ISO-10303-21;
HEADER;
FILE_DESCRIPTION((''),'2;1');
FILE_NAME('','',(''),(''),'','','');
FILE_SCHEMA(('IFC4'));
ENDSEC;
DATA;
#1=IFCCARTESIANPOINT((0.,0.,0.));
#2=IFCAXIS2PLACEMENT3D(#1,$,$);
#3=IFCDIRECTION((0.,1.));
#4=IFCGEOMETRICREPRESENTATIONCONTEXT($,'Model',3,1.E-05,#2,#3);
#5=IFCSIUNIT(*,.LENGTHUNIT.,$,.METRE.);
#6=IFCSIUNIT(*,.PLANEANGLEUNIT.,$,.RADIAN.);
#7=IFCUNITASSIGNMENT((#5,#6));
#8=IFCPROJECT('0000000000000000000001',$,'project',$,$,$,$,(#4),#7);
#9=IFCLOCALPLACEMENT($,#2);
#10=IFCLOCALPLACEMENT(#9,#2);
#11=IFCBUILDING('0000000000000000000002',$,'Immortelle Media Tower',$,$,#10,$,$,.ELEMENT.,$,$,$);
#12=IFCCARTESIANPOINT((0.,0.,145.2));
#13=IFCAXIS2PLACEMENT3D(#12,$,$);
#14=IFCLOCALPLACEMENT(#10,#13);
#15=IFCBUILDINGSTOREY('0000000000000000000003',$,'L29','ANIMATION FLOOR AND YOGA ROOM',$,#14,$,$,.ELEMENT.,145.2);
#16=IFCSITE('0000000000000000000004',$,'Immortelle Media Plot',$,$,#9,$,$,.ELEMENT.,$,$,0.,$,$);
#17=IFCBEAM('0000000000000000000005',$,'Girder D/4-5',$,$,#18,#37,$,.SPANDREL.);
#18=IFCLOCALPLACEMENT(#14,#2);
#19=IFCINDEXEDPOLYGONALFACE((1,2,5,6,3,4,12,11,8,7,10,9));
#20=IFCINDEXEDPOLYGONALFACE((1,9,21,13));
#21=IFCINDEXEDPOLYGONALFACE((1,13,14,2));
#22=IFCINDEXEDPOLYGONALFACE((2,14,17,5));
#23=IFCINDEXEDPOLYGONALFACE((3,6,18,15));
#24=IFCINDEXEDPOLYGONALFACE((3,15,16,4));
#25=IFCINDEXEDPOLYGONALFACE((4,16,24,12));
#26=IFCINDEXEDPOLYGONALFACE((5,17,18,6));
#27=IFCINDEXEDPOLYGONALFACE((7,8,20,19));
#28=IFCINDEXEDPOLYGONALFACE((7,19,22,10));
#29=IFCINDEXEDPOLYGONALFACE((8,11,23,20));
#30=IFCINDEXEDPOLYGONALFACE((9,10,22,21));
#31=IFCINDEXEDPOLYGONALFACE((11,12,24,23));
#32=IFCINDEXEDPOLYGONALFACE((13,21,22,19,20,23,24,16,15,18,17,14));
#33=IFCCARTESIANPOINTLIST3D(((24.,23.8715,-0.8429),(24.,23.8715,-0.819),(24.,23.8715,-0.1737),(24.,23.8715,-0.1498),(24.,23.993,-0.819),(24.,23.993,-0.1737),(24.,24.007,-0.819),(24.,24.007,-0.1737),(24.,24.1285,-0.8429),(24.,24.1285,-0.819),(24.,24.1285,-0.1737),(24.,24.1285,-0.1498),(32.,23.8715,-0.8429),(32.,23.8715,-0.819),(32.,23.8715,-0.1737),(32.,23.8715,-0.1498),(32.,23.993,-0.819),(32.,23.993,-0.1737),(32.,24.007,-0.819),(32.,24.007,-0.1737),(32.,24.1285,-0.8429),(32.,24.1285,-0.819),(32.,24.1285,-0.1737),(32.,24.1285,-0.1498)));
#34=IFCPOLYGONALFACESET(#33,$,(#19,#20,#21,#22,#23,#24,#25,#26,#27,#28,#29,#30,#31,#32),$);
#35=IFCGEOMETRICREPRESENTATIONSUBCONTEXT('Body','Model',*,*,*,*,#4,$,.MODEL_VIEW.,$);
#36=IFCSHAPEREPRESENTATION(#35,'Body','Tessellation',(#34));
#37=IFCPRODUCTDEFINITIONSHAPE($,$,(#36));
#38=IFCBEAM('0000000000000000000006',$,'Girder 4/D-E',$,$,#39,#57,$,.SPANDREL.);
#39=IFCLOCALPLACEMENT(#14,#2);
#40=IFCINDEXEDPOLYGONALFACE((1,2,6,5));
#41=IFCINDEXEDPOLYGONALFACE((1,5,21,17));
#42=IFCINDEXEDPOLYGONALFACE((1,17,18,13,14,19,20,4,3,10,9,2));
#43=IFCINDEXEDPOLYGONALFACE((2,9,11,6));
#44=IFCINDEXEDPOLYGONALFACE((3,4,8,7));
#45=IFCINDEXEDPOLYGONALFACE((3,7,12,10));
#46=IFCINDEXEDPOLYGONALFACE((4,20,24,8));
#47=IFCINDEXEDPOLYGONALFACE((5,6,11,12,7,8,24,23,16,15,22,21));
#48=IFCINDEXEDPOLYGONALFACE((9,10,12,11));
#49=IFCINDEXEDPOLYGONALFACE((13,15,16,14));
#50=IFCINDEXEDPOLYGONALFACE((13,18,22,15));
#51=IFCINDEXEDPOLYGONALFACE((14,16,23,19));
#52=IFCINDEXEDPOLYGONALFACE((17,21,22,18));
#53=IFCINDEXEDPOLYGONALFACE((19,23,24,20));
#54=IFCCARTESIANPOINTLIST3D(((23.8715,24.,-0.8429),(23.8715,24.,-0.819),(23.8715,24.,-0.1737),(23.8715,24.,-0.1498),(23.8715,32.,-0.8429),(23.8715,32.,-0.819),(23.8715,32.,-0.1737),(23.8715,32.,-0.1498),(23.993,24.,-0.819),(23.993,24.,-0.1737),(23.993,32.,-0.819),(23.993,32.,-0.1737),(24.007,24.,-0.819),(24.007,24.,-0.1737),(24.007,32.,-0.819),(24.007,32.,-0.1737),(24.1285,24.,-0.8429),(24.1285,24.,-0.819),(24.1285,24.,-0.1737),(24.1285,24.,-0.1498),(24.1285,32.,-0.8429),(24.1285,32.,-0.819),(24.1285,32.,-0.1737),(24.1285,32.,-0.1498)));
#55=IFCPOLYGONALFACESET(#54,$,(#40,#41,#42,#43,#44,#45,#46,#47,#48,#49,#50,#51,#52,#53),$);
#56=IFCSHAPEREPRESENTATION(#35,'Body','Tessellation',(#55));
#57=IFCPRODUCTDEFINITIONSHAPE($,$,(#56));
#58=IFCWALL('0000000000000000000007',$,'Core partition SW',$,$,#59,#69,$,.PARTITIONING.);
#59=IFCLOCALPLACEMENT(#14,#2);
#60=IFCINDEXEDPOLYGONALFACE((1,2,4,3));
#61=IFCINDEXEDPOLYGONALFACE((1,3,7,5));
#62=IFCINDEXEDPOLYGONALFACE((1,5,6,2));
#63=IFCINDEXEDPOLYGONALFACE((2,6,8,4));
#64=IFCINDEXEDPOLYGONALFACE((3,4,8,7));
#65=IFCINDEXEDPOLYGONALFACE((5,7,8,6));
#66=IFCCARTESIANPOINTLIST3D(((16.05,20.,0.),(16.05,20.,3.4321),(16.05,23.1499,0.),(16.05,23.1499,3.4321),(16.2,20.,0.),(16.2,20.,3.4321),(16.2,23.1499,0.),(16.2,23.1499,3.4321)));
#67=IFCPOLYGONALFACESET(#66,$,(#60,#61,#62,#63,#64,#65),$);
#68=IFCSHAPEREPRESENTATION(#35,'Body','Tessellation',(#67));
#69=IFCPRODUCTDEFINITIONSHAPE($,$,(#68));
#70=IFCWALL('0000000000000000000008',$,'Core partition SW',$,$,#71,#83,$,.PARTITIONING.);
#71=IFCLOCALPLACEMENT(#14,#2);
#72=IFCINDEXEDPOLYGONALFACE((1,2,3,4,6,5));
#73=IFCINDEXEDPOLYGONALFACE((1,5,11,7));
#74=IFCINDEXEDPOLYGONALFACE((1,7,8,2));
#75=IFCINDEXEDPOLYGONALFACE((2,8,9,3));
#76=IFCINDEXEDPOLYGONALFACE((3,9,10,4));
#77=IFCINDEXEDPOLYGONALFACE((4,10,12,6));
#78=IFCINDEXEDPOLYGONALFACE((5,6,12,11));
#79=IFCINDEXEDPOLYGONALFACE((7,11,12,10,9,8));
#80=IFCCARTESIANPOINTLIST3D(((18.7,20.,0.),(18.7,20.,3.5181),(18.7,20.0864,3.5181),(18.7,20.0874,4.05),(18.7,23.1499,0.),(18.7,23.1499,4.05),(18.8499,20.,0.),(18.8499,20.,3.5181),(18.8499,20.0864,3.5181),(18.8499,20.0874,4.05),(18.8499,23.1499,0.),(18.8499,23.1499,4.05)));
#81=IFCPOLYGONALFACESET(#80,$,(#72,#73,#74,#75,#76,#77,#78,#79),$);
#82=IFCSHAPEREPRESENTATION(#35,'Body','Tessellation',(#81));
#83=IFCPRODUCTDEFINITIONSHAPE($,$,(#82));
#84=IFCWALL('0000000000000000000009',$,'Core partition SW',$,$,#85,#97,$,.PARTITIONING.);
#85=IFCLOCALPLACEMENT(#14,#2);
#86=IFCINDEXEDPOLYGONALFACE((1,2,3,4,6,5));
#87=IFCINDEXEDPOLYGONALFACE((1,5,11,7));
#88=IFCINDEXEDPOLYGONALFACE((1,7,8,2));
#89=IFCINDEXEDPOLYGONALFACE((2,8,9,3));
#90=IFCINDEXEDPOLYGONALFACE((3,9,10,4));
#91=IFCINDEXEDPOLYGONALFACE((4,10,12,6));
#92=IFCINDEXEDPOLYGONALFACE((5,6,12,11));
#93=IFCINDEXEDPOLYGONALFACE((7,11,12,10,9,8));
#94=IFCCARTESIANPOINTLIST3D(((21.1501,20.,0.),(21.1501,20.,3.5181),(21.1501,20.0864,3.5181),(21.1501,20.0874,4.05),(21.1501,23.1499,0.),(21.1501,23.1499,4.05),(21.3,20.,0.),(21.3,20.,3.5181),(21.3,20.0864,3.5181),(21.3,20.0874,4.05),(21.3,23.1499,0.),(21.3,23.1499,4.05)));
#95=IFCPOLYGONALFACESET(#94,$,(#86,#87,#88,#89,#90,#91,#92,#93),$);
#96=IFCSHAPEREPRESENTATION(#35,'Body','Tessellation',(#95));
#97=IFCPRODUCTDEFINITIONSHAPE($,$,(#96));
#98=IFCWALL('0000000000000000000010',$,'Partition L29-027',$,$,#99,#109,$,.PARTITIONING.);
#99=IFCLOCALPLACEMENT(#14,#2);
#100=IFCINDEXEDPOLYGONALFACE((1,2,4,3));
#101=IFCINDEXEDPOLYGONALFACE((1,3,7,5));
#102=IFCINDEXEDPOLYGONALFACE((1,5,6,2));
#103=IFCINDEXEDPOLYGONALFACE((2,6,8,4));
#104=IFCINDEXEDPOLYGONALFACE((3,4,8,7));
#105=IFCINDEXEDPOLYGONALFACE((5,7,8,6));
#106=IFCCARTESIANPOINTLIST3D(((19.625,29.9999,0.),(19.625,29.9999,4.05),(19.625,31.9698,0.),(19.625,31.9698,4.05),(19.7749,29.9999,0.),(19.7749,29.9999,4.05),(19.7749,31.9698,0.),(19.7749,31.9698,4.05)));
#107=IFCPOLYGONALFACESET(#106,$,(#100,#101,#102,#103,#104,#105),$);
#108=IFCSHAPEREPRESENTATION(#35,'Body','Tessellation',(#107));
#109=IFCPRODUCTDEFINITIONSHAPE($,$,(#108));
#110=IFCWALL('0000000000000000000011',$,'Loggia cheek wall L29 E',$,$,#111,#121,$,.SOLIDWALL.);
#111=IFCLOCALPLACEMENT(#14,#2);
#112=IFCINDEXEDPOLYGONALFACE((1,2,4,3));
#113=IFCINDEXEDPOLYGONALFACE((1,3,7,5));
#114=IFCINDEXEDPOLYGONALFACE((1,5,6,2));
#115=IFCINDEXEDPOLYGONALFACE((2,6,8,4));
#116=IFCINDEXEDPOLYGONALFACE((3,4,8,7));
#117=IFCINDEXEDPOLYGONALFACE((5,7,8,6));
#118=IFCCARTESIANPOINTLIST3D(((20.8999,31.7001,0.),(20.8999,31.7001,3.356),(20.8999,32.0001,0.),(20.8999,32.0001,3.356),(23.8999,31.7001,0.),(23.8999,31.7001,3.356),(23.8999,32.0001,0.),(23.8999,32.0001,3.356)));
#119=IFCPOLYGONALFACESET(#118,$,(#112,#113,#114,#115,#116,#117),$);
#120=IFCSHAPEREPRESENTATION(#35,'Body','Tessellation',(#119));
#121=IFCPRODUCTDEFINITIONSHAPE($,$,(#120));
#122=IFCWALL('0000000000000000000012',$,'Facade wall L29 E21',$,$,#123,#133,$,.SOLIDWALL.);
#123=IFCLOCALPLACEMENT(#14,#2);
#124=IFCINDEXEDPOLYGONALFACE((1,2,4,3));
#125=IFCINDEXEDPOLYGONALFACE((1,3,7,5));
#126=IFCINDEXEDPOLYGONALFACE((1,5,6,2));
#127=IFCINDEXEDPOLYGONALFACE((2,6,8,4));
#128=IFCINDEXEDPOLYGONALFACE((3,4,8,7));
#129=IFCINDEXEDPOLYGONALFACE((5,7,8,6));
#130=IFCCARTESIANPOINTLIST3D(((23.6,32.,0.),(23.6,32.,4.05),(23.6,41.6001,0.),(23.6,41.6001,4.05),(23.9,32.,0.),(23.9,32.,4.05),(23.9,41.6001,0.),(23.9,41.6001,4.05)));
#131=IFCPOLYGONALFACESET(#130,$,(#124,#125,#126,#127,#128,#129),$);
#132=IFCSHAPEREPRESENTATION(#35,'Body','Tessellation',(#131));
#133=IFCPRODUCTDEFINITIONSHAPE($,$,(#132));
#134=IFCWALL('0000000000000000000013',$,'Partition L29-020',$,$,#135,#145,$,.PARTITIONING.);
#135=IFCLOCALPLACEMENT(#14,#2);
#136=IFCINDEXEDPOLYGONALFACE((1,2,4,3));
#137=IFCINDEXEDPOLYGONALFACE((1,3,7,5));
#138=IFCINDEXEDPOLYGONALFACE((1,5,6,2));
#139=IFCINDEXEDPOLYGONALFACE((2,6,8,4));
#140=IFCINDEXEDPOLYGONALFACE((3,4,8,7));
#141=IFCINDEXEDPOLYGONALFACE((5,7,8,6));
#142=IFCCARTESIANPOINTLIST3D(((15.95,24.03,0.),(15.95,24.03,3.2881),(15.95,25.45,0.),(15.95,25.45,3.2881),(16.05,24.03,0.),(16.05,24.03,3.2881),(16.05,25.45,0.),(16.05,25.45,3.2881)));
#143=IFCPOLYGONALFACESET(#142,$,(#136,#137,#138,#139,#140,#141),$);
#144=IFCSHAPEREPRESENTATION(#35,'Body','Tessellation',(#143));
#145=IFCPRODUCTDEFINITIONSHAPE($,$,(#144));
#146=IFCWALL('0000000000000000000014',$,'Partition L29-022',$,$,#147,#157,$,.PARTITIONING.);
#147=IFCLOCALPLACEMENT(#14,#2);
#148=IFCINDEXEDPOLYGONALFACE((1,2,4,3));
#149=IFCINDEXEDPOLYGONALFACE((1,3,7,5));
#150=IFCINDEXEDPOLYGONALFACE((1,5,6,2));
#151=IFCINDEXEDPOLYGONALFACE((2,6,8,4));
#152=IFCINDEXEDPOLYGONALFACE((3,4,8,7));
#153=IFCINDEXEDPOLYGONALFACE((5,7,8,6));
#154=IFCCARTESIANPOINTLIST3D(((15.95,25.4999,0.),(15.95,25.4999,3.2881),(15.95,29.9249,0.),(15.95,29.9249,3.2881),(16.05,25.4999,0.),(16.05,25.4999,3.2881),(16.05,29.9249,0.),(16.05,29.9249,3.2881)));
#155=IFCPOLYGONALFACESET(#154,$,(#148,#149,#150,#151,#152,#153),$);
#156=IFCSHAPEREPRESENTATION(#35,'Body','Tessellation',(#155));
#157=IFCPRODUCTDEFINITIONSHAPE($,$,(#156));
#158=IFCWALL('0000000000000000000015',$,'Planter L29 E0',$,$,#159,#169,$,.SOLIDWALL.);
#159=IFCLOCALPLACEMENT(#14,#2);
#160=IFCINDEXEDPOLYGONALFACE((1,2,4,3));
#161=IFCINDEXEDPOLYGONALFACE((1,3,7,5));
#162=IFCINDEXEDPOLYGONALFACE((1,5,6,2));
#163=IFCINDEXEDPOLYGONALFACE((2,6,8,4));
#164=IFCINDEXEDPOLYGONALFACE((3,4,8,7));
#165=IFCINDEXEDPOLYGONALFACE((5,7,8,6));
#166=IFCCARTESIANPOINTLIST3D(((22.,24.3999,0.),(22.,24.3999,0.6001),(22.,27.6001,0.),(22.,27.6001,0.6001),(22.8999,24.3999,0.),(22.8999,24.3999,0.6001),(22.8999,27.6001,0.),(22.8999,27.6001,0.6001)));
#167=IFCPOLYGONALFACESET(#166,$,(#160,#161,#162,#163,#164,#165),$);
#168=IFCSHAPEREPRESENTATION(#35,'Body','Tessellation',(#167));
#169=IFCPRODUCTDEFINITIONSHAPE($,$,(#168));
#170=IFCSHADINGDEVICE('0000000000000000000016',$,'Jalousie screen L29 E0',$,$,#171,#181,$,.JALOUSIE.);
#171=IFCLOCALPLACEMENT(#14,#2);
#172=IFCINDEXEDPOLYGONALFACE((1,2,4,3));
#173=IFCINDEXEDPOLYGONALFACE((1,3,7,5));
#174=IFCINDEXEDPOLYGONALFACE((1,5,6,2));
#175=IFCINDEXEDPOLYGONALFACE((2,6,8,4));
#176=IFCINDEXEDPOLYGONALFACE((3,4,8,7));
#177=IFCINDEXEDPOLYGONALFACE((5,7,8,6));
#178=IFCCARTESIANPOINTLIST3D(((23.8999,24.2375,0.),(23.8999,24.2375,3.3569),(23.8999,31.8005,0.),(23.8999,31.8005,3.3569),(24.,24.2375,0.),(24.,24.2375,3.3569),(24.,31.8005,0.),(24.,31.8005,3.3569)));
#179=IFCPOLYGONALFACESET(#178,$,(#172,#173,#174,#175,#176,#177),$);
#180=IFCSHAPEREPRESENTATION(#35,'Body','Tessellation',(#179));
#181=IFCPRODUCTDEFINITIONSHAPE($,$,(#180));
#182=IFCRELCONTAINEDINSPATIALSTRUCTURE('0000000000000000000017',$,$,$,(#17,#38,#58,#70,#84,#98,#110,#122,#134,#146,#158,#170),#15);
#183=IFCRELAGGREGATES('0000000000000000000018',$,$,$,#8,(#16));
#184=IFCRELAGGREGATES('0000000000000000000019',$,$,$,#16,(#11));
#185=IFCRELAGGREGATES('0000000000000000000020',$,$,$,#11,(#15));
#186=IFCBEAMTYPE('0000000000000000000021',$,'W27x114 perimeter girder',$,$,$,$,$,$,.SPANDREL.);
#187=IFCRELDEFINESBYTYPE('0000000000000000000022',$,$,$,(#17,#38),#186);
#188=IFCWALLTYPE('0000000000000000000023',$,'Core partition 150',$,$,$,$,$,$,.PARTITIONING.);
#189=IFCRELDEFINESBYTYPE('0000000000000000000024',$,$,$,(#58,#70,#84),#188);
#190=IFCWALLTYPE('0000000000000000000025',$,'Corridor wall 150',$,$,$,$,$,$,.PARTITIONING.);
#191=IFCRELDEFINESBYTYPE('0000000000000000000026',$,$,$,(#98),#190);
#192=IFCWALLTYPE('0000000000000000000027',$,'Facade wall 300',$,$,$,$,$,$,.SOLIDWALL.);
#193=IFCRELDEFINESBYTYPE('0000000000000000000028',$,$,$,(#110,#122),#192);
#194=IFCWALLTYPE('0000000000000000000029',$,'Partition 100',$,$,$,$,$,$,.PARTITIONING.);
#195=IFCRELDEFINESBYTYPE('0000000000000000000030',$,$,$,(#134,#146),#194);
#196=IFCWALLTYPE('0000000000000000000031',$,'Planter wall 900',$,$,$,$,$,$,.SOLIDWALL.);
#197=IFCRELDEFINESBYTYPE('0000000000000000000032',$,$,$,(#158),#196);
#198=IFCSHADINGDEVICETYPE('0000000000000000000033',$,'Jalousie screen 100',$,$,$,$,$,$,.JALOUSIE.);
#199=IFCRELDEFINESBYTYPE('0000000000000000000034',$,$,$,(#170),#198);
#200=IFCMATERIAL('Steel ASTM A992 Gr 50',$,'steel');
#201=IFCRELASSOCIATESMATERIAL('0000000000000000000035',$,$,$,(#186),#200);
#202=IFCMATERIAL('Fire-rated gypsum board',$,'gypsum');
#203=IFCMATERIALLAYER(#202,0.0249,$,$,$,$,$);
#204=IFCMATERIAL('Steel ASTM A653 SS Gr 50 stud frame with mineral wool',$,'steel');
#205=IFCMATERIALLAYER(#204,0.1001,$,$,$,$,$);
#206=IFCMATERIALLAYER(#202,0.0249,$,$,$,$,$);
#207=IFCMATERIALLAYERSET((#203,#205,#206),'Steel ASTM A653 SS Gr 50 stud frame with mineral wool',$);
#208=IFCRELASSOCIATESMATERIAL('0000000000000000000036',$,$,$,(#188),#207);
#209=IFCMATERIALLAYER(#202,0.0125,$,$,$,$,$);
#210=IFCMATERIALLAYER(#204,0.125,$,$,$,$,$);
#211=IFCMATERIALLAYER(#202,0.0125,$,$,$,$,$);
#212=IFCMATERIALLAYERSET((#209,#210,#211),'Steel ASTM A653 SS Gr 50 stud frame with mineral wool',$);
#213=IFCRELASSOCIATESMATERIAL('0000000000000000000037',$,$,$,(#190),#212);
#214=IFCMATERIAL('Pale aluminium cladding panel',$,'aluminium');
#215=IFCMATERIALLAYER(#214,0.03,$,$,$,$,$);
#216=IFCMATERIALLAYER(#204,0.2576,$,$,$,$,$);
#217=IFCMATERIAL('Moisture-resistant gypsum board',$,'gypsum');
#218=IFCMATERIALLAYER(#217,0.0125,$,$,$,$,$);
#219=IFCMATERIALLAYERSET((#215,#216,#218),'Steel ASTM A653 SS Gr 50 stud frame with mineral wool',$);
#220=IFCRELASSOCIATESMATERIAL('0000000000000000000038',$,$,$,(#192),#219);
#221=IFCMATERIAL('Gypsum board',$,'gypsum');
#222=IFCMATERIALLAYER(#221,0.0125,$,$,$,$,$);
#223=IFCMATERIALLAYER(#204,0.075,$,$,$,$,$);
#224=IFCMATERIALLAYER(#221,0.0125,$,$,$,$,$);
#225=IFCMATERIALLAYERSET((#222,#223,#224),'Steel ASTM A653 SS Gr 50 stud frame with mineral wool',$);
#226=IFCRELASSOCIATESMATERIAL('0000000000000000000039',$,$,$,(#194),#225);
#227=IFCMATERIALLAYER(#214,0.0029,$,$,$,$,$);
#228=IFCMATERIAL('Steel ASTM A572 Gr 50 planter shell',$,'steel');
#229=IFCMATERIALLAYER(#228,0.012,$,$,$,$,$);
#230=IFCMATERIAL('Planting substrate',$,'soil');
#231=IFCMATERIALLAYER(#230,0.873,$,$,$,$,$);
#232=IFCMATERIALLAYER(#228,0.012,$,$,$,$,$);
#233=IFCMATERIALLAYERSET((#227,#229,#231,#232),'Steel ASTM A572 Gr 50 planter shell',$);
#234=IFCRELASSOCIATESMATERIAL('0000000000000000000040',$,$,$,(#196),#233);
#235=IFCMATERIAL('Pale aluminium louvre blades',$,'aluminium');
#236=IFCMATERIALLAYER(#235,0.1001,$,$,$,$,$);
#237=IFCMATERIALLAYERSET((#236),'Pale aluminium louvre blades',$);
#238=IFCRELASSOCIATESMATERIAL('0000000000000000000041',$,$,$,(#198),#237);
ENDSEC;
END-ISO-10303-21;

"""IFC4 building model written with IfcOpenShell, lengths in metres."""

from ifc_helpers import new_model, si_unit, direction, frame, frame_2d, origin, origin_2d, place, context, subcontext, project, spatial, polyline, rectangle, i_section, outline, extrude, material, layer, layer_set, material_profile, profile_set, type_object, element, save


model = new_model("IFC4")

# Units and contexts
model_context = context("Model", 3, precision=1e-05, world=origin(), true_north=direction((0.0, 1.0)))
body_context = subcontext(model_context, "Body", "Model", "MODEL_VIEW")
ifc_project = project(units=[si_unit("LENGTHUNIT", "METRE"), si_unit("PLANEANGLEUNIT", "RADIAN")], contexts=[model_context])

# Site, building, storey
site_placement = place(None, origin())
site = spatial("IfcSite", under=ifc_project, at=site_placement, Name="Immortelle Media Plot", CompositionType="ELEMENT", RefElevation=0.0)
building_placement = place(site_placement, origin())
building = spatial("IfcBuilding", under=site, at=building_placement, Name="Immortelle Media Tower", CompositionType="ELEMENT")
storey_placement = place(building_placement, frame((0.0, 0.0, 145.2)))
storey = spatial("IfcBuildingStorey", under=building, at=storey_placement, Name="L29", Description="ANIMATION FLOOR AND YOGA ROOM", CompositionType="ELEMENT", Elevation=145.2)

# Shared definitions
ifc_material_1 = material(Name="Steel ASTM A992 Gr 50", Category="steel")

# Beams
ifc_material_profile_1 = material_profile(ifc_material_1, i_section(OverallWidth=0.2571, OverallDepth=0.6931, WebThickness=0.0139, FlangeThickness=0.0239, at=origin_2d()), Name="W27x114")
ifc_profile_set_1 = profile_set([ifc_material_profile_1], Name="Steel ASTM A992 Gr 50")
beam_type_1 = type_object("IfcBeamType", Name="W27x114 perimeter girder", PredefinedType="SPANDREL", material=ifc_profile_set_1)
for number, where, z_axis, x_axis, name in (
    (1, (24.0, 24.0, -0.4963), (1.0, 0.0, 0.0), (0.0, 1.0, 0.0), "Girder D/4-5"),
    (2, (24.0, 24.0, -0.4963), (0.0, 1.0, 0.0), (-1.0, 0.0, 0.0), "Girder 4/D-E"),
):
    element("IfcBeam", number, at=place(storey_placement, frame(where, z_axis=z_axis, x_axis=x_axis)), inside=storey, type_object=beam_type_1, Name=name, PredefinedType="SPANDREL", context=body_context, shape_type="SweptSolid", body=[
        extrude(i_section(OverallWidth=0.2571, OverallDepth=0.6931, WebThickness=0.0139, FlangeThickness=0.0239, at=origin_2d()), origin(), (0.0, 0.0, 1.0), 8.0),
    ])

# Walls
ifc_material_2 = material(Name="Fire-rated gypsum board", Category="gypsum")
ifc_layer_1 = layer(ifc_material_2, 0.0249)
ifc_material_3 = material(Name="Steel ASTM A653 SS Gr 50 stud frame with mineral wool", Category="steel")
ifc_layer_2 = layer(ifc_material_3, 0.1001)
ifc_layer_3 = layer(ifc_material_2, 0.0249)
ifc_layer_set_1 = layer_set([ifc_layer_1, ifc_layer_2, ifc_layer_3], Name="Steel ASTM A653 SS Gr 50 stud frame with mineral wool")
wall_type_1 = type_object("IfcWallType", Name="Core partition 150", PredefinedType="PARTITIONING", material=ifc_layer_set_1)
wall_1_placement = place(storey_placement, frame((16.125, 20.0, 0.0), z_axis=(0.0, 0.0, 1.0), x_axis=(0.0, 1.0, 0.0)))
element("IfcWall", 3, at=wall_1_placement, inside=storey, type_object=wall_type_1, Name="Core partition SW", PredefinedType="PARTITIONING", context=body_context, shape_type="SweptSolid", body=[
    extrude(rectangle(XDim=3.1499, YDim=0.1499, at=frame_2d((1.575, 0.0))), origin(), (0.0, 0.0, 1.0), 3.4321),
])
for number, where, z_axis, x_axis, name in (
    (4, (18.7749, 20.0, 0.0), (0.0, 0.0, 1.0), (0.0, 1.0, 0.0), "Core partition SW"),
    (5, (21.2251, 20.0, 0.0), (0.0, 0.0, 1.0), (0.0, 1.0, 0.0), "Core partition SW"),
):
    element("IfcWall", number, at=place(storey_placement, frame(where, z_axis=z_axis, x_axis=x_axis)), inside=storey, type_object=wall_type_1, Name=name, PredefinedType="PARTITIONING", context=body_context, shape_type="SweptSolid", body=[
        extrude(outline(polyline([(0.0, 0.0), (3.1499, 0.0), (3.1499, 4.05), (0.0874, 4.05), (0.0864, 3.5181), (0.0, 3.5181), (0.0, 0.0)])), frame((0.0, 0.075, 0.0), z_axis=(0.0, -1.0, 0.0), x_axis=(1.0, 0.0, 0.0)), (0.0, 0.0, 1.0), 0.1499),
    ])
ifc_layer_4 = layer(ifc_material_2, 0.0125)
ifc_layer_5 = layer(ifc_material_3, 0.125)
ifc_layer_6 = layer(ifc_material_2, 0.0125)
ifc_layer_set_2 = layer_set([ifc_layer_4, ifc_layer_5, ifc_layer_6], Name="Steel ASTM A653 SS Gr 50 stud frame with mineral wool")
wall_type_2 = type_object("IfcWallType", Name="Corridor wall 150", PredefinedType="PARTITIONING", material=ifc_layer_set_2)
wall_2_placement = place(storey_placement, frame((19.7, 30.0, 0.0), z_axis=(0.0, 0.0, 1.0), x_axis=(0.0, 1.0, 0.0)))
element("IfcWall", 6, at=wall_2_placement, inside=storey, type_object=wall_type_2, Name="Partition L29-027", PredefinedType="PARTITIONING", context=body_context, shape_type="SweptSolid", body=[
    extrude(rectangle(XDim=1.97, YDim=0.1499, at=frame_2d((0.9849, 0.0))), origin(), (0.0, 0.0, 1.0), 4.05),
])

# Shared definitions
ifc_material_4 = material(Name="Pale aluminium cladding panel", Category="aluminium")
ifc_layer_7 = layer(ifc_material_4, 0.03)
ifc_layer_8 = layer(ifc_material_3, 0.2576)
ifc_material_5 = material(Name="Moisture-resistant gypsum board", Category="gypsum")
ifc_layer_9 = layer(ifc_material_5, 0.0125)
ifc_layer_set_3 = layer_set([ifc_layer_7, ifc_layer_8, ifc_layer_9], Name="Steel ASTM A653 SS Gr 50 stud frame with mineral wool")
wall_type_3 = type_object("IfcWallType", Name="Facade wall 300", PredefinedType="SOLIDWALL", material=ifc_layer_set_3)

# Walls
wall_3_placement = place(storey_placement, frame((23.8999, 31.8501, 0.0), z_axis=(0.0, 0.0, 1.0), x_axis=(-1.0, 0.0, 0.0)))
element("IfcWall", 7, at=wall_3_placement, inside=storey, type_object=wall_type_3, Name="Loggia cheek wall L29 E", PredefinedType="SOLIDWALL", context=body_context, shape_type="SweptSolid", body=[
    extrude(rectangle(XDim=3.0, YDim=0.3, at=frame_2d((1.5, 0.0))), origin(), (0.0, 0.0, 1.0), 3.356),
])
wall_4_placement = place(storey_placement, frame((23.75, 32.0, 0.0), z_axis=(0.0, 0.0, 1.0), x_axis=(0.0, 1.0, 0.0)))
element("IfcWall", 8, at=wall_4_placement, inside=storey, type_object=wall_type_3, Name="Facade wall L29 E21", PredefinedType="SOLIDWALL", context=body_context, shape_type="SweptSolid", body=[
    extrude(rectangle(XDim=9.6001, YDim=0.3, at=frame_2d((4.8, 0.0))), origin(), (0.0, 0.0, 1.0), 4.05),
])
ifc_material_6 = material(Name="Gypsum board", Category="gypsum")
ifc_layer_10 = layer(ifc_material_6, 0.0125)
ifc_layer_11 = layer(ifc_material_3, 0.075)
ifc_layer_12 = layer(ifc_material_6, 0.0125)
ifc_layer_set_4 = layer_set([ifc_layer_10, ifc_layer_11, ifc_layer_12], Name="Steel ASTM A653 SS Gr 50 stud frame with mineral wool")
wall_type_4 = type_object("IfcWallType", Name="Partition 100", PredefinedType="PARTITIONING", material=ifc_layer_set_4)
wall_5_placement = place(storey_placement, frame((16.0, 24.03, 0.0), z_axis=(0.0, 0.0, 1.0), x_axis=(0.0, 1.0, 0.0)))
element("IfcWall", 9, at=wall_5_placement, inside=storey, type_object=wall_type_4, Name="Partition L29-020", PredefinedType="PARTITIONING", context=body_context, shape_type="SweptSolid", body=[
    extrude(rectangle(XDim=1.4199, YDim=0.1001, at=frame_2d((0.71, 0.0))), origin(), (0.0, 0.0, 1.0), 3.2881),
])
wall_6_placement = place(storey_placement, frame((16.0, 25.5, 0.0), z_axis=(0.0, 0.0, 1.0), x_axis=(0.0, 1.0, 0.0)))
element("IfcWall", 10, at=wall_6_placement, inside=storey, type_object=wall_type_4, Name="Partition L29-022", PredefinedType="PARTITIONING", context=body_context, shape_type="SweptSolid", body=[
    extrude(rectangle(XDim=4.425, YDim=0.1001, at=frame_2d((2.2124, 0.0))), origin(), (0.0, 0.0, 1.0), 3.2881),
])
ifc_layer_13 = layer(ifc_material_4, 0.0029)
ifc_material_7 = material(Name="Steel ASTM A572 Gr 50 planter shell", Category="steel")
ifc_layer_14 = layer(ifc_material_7, 0.012)
ifc_material_8 = material(Name="Planting substrate", Category="soil")
ifc_layer_15 = layer(ifc_material_8, 0.873)
ifc_layer_16 = layer(ifc_material_7, 0.012)
ifc_layer_set_5 = layer_set([ifc_layer_13, ifc_layer_14, ifc_layer_15, ifc_layer_16], Name="Steel ASTM A572 Gr 50 planter shell")
wall_type_5 = type_object("IfcWallType", Name="Planter wall 900", PredefinedType="SOLIDWALL", material=ifc_layer_set_5)
wall_7_placement = place(storey_placement, frame((22.45, 24.3999, 0.0), z_axis=(0.0, 0.0, 1.0), x_axis=(0.0, 1.0, 0.0)))
element("IfcWall", 11, at=wall_7_placement, inside=storey, type_object=wall_type_5, Name="Planter L29 E0", PredefinedType="SOLIDWALL", context=body_context, shape_type="SweptSolid", body=[
    extrude(rectangle(XDim=3.2002, YDim=0.8999, at=frame_2d((1.6001, 0.0))), origin(), (0.0, 0.0, 1.0), 0.6001),
])

# Shading device
ifc_material_9 = material(Name="Pale aluminium louvre blades", Category="aluminium")
ifc_layer_17 = layer(ifc_material_9, 0.1001)
ifc_layer_set_6 = layer_set([ifc_layer_17], Name="Pale aluminium louvre blades")
shading_device_type_1 = type_object("IfcShadingDeviceType", Name="Jalousie screen 100", PredefinedType="JALOUSIE", material=ifc_layer_set_6)
shading_device_1_placement = place(storey_placement, frame((23.95, 28.019, 0.0), z_axis=(0.0, 0.0, 1.0), x_axis=(0.0, 1.0, 0.0)))
element("IfcShadingDevice", 12, at=shading_device_1_placement, inside=storey, type_object=shading_device_type_1, Name="Jalousie screen L29 E0", PredefinedType="JALOUSIE", context=body_context, shape_type="SweptSolid", body=[
    extrude(rectangle(XDim=7.563, YDim=0.1001, at=origin_2d()), origin(), (0.0, 0.0, 1.0), 3.3569),
])

save(model, "model.ifc")
